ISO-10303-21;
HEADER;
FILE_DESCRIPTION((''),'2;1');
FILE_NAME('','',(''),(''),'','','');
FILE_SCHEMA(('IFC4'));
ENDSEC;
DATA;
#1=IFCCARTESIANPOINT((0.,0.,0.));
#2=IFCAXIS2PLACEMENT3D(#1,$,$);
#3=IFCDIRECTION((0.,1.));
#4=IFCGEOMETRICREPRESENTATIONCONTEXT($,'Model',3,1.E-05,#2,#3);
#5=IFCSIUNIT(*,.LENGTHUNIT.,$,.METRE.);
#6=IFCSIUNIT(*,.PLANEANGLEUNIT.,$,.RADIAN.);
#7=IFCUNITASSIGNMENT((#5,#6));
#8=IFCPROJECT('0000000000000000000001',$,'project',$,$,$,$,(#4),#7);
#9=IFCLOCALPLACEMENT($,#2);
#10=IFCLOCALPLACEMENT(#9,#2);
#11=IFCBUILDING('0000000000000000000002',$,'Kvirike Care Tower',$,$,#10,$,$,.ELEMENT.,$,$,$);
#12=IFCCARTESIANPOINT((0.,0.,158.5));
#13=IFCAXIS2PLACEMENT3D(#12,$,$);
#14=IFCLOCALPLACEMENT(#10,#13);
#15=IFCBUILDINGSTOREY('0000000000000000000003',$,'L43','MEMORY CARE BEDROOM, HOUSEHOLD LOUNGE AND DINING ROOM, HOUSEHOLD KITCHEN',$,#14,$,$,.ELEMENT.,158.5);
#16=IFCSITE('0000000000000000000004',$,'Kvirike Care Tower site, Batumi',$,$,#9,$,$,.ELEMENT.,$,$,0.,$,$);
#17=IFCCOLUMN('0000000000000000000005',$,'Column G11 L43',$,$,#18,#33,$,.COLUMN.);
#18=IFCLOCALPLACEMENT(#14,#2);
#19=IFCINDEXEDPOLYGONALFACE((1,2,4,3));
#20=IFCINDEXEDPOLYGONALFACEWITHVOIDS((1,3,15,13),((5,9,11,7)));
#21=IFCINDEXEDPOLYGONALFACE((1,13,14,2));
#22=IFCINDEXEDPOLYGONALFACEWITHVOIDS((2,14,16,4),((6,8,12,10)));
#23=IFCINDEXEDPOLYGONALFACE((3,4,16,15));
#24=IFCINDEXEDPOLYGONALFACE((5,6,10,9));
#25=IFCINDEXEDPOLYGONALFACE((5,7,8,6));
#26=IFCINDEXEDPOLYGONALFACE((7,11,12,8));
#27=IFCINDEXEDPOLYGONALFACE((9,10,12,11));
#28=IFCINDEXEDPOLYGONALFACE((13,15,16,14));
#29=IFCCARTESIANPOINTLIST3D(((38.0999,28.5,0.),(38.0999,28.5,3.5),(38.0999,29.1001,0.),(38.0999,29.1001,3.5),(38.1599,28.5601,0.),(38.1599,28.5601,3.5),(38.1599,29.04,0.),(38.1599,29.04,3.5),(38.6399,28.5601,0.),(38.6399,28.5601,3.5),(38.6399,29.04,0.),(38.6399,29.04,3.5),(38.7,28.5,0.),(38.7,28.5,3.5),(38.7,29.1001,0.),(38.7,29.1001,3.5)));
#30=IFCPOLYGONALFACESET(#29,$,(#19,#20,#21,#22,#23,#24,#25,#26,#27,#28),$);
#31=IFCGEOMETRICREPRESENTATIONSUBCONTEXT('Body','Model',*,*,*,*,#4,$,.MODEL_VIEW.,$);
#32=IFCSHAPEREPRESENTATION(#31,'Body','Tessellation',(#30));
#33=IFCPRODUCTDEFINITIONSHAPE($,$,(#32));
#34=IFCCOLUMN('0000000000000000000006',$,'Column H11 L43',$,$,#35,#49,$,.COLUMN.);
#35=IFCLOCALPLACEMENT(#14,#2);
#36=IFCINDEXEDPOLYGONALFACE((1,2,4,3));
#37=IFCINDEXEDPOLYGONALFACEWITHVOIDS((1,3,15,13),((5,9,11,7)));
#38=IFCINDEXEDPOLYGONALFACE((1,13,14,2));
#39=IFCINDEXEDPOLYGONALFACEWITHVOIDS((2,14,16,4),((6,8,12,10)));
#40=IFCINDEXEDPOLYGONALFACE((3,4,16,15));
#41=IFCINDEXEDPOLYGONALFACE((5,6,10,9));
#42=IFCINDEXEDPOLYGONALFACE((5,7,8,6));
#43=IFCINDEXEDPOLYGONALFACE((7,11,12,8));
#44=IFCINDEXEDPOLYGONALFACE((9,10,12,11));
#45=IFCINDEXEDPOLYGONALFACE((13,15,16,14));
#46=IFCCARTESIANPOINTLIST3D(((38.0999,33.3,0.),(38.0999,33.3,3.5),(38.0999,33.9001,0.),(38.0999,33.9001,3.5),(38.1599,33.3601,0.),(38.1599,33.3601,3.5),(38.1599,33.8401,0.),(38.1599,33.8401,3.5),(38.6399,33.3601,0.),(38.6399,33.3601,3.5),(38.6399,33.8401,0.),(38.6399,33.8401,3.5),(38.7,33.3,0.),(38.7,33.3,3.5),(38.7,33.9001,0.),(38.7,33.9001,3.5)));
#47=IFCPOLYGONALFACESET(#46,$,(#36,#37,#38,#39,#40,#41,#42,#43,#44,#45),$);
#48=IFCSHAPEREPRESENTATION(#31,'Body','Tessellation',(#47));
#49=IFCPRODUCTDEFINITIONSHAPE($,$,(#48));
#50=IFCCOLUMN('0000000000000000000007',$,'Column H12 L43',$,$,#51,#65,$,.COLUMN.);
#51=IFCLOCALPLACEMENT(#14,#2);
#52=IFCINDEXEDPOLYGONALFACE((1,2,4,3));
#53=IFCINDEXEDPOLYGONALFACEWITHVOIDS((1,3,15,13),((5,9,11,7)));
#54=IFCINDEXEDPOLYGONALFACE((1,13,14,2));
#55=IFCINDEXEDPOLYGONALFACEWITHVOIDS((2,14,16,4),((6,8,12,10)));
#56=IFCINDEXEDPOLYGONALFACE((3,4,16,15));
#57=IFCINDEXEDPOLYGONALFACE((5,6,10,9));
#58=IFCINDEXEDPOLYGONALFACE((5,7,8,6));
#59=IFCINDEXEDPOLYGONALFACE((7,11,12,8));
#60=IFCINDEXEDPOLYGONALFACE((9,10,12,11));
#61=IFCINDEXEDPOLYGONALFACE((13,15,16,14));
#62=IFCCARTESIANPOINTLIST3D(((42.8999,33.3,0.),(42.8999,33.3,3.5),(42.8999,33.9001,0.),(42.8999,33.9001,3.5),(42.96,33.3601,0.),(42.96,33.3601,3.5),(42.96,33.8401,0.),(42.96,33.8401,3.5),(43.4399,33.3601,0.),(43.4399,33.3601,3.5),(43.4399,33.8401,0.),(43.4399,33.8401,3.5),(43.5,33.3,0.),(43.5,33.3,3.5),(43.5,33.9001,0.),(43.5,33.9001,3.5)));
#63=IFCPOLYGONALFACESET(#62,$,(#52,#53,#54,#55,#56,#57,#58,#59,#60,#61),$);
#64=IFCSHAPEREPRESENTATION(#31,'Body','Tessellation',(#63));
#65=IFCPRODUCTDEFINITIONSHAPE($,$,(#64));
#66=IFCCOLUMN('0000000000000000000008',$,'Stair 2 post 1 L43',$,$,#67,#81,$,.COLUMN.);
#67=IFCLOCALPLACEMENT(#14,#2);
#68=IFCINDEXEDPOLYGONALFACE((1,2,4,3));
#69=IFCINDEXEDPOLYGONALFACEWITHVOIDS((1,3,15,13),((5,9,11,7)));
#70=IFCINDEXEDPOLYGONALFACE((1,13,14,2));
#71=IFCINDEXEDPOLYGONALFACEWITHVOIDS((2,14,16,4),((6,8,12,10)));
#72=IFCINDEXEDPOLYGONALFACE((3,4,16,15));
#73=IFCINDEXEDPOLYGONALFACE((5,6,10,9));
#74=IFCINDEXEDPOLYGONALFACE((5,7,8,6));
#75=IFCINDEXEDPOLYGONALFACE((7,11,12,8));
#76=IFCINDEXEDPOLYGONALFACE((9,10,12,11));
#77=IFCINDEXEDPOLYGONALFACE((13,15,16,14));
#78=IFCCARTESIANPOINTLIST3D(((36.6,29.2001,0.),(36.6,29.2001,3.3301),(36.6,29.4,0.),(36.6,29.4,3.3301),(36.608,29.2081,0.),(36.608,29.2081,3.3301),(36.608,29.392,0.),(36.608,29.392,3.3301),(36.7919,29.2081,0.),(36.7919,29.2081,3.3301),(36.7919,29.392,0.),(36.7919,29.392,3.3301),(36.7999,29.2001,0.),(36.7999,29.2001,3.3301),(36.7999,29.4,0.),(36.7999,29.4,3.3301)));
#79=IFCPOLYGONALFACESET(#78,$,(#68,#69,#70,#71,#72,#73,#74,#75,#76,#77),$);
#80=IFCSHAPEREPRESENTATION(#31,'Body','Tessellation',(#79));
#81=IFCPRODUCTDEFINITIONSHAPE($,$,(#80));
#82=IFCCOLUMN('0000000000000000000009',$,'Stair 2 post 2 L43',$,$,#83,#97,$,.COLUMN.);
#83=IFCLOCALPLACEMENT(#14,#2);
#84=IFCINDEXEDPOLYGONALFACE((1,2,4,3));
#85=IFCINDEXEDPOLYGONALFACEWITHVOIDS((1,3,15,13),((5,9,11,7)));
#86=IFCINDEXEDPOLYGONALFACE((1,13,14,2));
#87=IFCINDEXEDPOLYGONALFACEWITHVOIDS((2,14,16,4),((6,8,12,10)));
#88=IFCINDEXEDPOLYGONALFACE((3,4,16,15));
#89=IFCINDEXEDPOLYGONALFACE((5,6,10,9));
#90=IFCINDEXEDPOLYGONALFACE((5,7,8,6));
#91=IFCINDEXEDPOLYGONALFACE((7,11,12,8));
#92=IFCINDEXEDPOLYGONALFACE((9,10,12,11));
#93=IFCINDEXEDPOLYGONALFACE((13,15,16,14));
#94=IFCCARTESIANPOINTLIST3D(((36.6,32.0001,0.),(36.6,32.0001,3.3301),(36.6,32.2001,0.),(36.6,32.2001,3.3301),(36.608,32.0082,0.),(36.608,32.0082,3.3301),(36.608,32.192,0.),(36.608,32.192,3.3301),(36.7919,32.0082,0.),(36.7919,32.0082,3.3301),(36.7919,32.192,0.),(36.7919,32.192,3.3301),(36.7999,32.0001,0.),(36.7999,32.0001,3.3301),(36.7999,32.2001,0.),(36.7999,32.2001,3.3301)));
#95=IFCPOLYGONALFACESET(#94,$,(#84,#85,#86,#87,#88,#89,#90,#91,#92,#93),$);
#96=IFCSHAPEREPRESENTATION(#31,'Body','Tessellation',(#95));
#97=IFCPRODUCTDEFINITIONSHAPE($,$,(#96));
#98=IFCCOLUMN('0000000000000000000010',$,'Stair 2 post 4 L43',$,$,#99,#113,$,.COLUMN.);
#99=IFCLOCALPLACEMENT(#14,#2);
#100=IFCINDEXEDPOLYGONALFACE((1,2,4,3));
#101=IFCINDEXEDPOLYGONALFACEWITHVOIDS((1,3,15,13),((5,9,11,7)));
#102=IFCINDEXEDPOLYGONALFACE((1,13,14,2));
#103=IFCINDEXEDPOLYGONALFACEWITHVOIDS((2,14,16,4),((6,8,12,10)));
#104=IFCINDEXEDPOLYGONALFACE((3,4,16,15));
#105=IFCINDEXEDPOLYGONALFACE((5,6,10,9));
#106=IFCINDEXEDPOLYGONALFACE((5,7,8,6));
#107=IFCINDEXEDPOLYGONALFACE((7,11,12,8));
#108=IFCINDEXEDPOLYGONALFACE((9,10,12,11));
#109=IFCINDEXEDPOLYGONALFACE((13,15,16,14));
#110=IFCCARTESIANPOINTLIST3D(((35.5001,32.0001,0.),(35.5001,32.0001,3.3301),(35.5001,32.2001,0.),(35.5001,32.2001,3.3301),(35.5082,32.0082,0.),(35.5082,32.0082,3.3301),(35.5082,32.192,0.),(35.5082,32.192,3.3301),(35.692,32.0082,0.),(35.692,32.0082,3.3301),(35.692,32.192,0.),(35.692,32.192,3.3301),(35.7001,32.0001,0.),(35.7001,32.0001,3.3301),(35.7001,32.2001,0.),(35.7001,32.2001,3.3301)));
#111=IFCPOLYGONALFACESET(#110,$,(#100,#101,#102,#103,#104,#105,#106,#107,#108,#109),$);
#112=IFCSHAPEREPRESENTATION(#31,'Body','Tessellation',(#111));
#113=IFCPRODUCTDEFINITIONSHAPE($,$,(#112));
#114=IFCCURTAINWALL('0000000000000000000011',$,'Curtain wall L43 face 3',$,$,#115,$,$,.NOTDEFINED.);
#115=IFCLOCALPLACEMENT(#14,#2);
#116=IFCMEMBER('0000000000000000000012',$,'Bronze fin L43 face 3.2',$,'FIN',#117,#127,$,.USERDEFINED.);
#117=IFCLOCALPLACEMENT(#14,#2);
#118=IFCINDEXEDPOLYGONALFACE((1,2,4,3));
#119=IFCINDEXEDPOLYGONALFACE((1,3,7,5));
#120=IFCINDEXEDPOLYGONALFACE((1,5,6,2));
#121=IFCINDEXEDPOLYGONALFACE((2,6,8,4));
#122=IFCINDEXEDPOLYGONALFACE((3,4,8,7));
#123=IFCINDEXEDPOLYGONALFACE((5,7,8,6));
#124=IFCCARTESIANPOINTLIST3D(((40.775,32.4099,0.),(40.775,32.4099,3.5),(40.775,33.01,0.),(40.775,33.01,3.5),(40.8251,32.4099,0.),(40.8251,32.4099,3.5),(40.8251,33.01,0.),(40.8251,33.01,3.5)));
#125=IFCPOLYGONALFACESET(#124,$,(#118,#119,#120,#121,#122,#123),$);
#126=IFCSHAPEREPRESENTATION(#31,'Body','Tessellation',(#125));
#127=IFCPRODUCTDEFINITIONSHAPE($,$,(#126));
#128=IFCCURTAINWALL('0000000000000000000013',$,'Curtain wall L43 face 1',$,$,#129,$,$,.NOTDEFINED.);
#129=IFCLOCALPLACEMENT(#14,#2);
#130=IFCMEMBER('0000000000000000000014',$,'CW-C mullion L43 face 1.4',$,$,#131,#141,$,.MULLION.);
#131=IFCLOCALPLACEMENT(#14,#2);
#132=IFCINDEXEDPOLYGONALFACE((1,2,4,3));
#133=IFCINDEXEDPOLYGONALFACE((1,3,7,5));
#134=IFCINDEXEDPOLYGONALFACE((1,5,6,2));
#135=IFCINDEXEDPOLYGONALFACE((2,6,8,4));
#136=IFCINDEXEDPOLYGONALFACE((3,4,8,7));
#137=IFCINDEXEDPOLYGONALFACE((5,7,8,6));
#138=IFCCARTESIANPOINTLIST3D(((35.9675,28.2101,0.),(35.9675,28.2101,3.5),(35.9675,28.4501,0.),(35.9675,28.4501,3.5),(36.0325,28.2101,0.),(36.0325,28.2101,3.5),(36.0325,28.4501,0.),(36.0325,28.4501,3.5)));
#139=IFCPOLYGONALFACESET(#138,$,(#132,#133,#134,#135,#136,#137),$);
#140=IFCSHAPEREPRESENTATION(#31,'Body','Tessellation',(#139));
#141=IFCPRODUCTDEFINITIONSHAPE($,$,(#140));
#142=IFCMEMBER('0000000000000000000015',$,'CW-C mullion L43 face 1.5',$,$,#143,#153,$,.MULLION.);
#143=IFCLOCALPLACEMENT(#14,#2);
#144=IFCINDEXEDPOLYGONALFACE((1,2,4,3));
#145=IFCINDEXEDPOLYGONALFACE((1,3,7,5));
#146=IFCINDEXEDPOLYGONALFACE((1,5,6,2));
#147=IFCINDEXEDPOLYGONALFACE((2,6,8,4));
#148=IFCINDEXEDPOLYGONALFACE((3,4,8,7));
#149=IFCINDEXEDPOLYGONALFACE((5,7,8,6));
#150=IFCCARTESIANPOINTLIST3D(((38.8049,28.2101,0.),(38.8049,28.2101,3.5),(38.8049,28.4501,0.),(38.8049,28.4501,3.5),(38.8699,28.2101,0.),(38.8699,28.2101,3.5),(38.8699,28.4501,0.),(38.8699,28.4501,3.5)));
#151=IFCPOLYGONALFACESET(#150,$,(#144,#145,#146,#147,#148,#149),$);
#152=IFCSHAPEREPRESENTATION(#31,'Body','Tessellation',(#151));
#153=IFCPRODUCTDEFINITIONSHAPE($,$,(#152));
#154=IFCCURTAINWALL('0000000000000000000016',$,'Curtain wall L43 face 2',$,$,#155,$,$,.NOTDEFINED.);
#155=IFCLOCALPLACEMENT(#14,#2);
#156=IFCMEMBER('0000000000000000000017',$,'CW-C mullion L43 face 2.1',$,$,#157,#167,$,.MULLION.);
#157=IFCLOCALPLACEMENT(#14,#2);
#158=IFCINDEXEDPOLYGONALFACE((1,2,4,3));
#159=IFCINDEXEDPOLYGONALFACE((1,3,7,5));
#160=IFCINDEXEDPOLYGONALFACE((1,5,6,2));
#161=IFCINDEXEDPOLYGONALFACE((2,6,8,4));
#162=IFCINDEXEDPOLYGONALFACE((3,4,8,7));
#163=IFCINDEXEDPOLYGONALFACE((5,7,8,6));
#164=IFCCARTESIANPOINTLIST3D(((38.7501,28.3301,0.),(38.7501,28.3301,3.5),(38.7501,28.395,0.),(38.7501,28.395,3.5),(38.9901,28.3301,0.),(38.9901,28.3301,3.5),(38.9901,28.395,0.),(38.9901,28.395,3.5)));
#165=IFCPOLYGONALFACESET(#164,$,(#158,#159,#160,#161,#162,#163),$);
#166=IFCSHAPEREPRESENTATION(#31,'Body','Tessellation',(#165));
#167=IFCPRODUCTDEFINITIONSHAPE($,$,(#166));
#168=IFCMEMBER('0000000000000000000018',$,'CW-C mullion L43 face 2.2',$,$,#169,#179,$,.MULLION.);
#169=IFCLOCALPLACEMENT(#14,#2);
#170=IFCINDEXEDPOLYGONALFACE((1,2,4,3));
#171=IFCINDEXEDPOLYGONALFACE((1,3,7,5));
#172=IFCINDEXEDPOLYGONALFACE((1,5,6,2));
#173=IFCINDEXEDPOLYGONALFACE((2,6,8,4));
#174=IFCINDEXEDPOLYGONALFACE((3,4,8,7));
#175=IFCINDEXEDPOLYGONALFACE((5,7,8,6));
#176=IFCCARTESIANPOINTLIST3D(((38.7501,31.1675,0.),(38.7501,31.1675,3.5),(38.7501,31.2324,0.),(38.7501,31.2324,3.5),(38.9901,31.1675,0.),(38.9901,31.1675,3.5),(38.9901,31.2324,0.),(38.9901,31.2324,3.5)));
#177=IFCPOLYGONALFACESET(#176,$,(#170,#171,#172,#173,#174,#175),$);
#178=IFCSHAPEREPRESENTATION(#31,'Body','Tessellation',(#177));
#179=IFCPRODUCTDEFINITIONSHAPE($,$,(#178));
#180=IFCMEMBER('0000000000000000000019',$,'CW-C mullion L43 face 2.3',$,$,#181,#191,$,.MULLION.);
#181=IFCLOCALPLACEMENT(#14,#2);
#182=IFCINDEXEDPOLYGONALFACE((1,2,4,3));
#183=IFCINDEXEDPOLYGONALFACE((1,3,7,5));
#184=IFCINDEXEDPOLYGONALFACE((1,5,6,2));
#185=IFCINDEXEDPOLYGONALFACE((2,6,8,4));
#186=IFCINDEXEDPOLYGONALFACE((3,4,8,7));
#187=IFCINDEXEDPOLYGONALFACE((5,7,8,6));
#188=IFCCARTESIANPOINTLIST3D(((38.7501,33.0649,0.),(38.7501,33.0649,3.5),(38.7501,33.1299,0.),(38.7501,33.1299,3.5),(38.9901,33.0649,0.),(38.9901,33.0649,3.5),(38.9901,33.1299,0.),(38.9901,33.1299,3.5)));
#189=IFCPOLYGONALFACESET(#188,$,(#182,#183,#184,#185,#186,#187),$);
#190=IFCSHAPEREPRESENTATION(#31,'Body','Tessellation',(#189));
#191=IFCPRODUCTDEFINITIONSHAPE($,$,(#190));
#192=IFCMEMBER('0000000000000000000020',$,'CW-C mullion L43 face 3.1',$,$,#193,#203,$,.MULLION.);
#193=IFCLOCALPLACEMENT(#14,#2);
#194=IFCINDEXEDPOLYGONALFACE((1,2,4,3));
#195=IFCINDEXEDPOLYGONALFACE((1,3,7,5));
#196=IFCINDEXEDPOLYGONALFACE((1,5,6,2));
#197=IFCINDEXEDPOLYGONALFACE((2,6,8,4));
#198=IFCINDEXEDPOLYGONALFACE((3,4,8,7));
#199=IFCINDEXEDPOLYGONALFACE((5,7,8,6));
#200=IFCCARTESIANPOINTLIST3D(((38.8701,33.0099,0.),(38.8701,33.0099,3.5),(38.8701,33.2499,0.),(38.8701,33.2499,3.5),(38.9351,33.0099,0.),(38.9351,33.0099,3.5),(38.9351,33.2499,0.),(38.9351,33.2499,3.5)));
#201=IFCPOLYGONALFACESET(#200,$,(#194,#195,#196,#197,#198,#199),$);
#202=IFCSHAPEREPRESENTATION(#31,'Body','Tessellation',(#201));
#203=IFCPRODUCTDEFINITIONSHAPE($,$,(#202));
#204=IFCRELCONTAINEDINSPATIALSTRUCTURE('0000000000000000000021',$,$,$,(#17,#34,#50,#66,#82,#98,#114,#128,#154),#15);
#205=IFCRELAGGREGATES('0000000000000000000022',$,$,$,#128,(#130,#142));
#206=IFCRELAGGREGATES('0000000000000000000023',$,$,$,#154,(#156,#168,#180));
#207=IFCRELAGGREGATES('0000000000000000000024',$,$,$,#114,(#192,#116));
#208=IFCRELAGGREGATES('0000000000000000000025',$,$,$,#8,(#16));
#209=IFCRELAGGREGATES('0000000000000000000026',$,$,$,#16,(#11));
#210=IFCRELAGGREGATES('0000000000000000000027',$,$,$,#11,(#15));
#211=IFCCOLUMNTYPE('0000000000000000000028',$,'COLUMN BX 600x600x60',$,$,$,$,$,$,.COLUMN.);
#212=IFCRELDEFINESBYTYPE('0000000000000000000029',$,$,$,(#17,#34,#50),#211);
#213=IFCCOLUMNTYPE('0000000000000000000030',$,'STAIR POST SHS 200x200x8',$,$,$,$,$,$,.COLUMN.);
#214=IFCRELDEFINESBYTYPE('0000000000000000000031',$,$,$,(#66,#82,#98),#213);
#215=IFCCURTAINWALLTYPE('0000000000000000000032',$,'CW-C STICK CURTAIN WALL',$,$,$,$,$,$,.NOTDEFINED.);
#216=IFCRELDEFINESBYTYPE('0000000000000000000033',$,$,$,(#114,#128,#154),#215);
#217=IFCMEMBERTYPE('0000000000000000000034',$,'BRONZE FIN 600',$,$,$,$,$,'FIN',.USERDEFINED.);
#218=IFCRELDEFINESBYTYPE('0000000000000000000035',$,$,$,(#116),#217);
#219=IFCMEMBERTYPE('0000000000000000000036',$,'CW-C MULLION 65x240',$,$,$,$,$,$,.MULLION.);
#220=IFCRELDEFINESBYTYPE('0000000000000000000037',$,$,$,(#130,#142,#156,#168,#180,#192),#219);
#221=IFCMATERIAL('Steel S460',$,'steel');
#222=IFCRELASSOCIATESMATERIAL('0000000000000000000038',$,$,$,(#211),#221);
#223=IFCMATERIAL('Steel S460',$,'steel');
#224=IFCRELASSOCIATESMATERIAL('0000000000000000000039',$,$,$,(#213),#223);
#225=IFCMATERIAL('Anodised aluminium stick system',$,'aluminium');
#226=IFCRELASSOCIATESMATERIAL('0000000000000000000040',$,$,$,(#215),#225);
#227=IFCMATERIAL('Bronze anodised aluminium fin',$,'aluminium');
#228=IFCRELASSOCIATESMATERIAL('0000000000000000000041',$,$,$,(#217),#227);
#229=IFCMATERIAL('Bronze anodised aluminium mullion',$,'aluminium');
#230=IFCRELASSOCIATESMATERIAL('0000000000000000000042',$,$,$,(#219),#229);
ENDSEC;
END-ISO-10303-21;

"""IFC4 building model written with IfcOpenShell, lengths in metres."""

from ifc_helpers import new_model, si_unit, direction, frame, origin, origin_2d, place, context, subcontext, project, spatial, rectangle, hollow_rectangle, extrude, material, material_profile, profile_set, type_object, element, aggregate, save


model = new_model("IFC4")

# Units and contexts
model_context = context("Model", 3, precision=1e-05, world=origin(), true_north=direction((0.0, 1.0)))
body_context = subcontext(model_context, "Body", "Model", "MODEL_VIEW")
ifc_project = project(units=[si_unit("LENGTHUNIT", "METRE"), si_unit("PLANEANGLEUNIT", "RADIAN")], contexts=[model_context])

# Site, building, storey
site_placement = place(None, origin())
site = spatial("IfcSite", under=ifc_project, at=site_placement, Name="Kvirike Care Tower site, Batumi", CompositionType="ELEMENT", RefElevation=0.0)
building_placement = place(site_placement, origin())
building = spatial("IfcBuilding", under=site, at=building_placement, Name="Kvirike Care Tower", CompositionType="ELEMENT")
storey_placement = place(building_placement, frame((0.0, 0.0, 158.5)))
storey = spatial("IfcBuildingStorey", under=building, at=storey_placement, Name="L43", Description="MEMORY CARE BEDROOM, HOUSEHOLD LOUNGE AND DINING ROOM, HOUSEHOLD KITCHEN", CompositionType="ELEMENT", Elevation=158.5)

# Columns
ifc_material_1 = material(Name="Steel S460", Category="steel")
ifc_material_profile_1 = material_profile(ifc_material_1, hollow_rectangle(XDim=0.6001, YDim=0.6001, WallThickness=0.0601, at=origin_2d()), Name="BX 600x600x60")
ifc_profile_set_1 = profile_set([ifc_material_profile_1], Name="Steel S460")
column_type_1 = type_object("IfcColumnType", Name="COLUMN BX 600x600x60", PredefinedType="COLUMN", material=ifc_profile_set_1)
for number, where, z_axis, x_axis, name in (
    (1, (38.3999, 28.8, 0.0), (0.0, 0.0, 1.0), (0.0, 1.0, 0.0), "Column G11 L43"),
    (2, (38.3999, 33.6001, 0.0), (0.0, 0.0, 1.0), (0.0, 1.0, 0.0), "Column H11 L43"),
    (3, (43.2, 33.6001, 0.0), (0.0, 0.0, 1.0), (0.0, 1.0, 0.0), "Column H12 L43"),
):
    element("IfcColumn", number, at=place(storey_placement, frame(where, z_axis=z_axis, x_axis=x_axis)), inside=storey, type_object=column_type_1, Name=name, PredefinedType="COLUMN", context=body_context, shape_type="SweptSolid", body=[
        extrude(hollow_rectangle(XDim=0.6001, YDim=0.6001, WallThickness=0.0601, at=origin_2d()), origin(), (0.0, 0.0, 1.0), 3.5),
    ])
ifc_material_2 = material(Name="Steel S460", Category="steel")
ifc_material_profile_2 = material_profile(ifc_material_2, hollow_rectangle(XDim=0.2, YDim=0.2, WallThickness=0.0081, at=origin_2d()), Name="SHS 200x200x8")
ifc_profile_set_2 = profile_set([ifc_material_profile_2], Name="Steel S460")
column_type_2 = type_object("IfcColumnType", Name="STAIR POST SHS 200x200x8", PredefinedType="COLUMN", material=ifc_profile_set_2)
for number, where, z_axis, x_axis, name in (
    (4, (36.7, 29.3, 0.0), (0.0, 0.0, 1.0), (1.0, 0.0, 0.0), "Stair 2 post 1 L43"),
    (5, (36.7, 32.1001, 0.0), (0.0, 0.0, 1.0), (1.0, 0.0, 0.0), "Stair 2 post 2 L43"),
    (6, (35.6001, 32.1001, 0.0), (0.0, 0.0, 1.0), (1.0, 0.0, 0.0), "Stair 2 post 4 L43"),
):
    element("IfcColumn", number, at=place(storey_placement, frame(where, z_axis=z_axis, x_axis=x_axis)), inside=storey, type_object=column_type_2, Name=name, PredefinedType="COLUMN", context=body_context, shape_type="SweptSolid", body=[
        extrude(hollow_rectangle(XDim=0.2, YDim=0.2, WallThickness=0.0081, at=origin_2d()), origin(), (0.0, 0.0, 1.0), 3.3301),
    ])

# Curtain wall, member
ifc_material_3 = material(Name="Anodised aluminium stick system", Category="aluminium")
curtain_wall_type = type_object("IfcCurtainWallType", Name="CW-C STICK CURTAIN WALL", PredefinedType="NOTDEFINED", material=ifc_material_3)
curtain_wall_1_placement = place(storey_placement, origin())
curtain_wall_1 = element("IfcCurtainWall", 7, at=curtain_wall_1_placement, inside=storey, type_object=curtain_wall_type, Name="Curtain wall L43 face 3", PredefinedType="NOTDEFINED")
ifc_material_4 = material(Name="Bronze anodised aluminium fin", Category="aluminium")
ifc_material_profile_3 = material_profile(ifc_material_4, rectangle(XDim=0.05, YDim=0.6001, at=origin_2d()), Name="BRONZE FIN 600")
ifc_profile_set_3 = profile_set([ifc_material_profile_3], Name="Bronze anodised aluminium fin")
member_type_1 = type_object("IfcMemberType", Name="BRONZE FIN 600", ElementType="FIN", PredefinedType="USERDEFINED", material=ifc_profile_set_3)
member_1_placement = place(storey_placement, frame((40.8, 32.71, 0.0), z_axis=(0.0, 0.0, 1.0), x_axis=(1.0, 0.0, 0.0)))
member_1 = element("IfcMember", 8, at=member_1_placement, type_object=member_type_1, Name="Bronze fin L43 face 3.2", ObjectType="FIN", PredefinedType="USERDEFINED", context=body_context, shape_type="SweptSolid", body=[
    extrude(rectangle(XDim=0.05, YDim=0.6001, at=origin_2d()), origin(), (0.0, 0.0, 1.0), 3.5),
])

# Curtain walls, members
curtain_wall_2_placement = place(storey_placement, origin())
curtain_wall_2 = element("IfcCurtainWall", 9, at=curtain_wall_2_placement, inside=storey, type_object=curtain_wall_type, Name="Curtain wall L43 face 1", PredefinedType="NOTDEFINED")
ifc_material_5 = material(Name="Bronze anodised aluminium mullion", Category="aluminium")
ifc_material_profile_4 = material_profile(ifc_material_5, rectangle(XDim=0.0649, YDim=0.24, at=origin_2d()), Name="CW-C MULLION 65x240")
ifc_profile_set_4 = profile_set([ifc_material_profile_4], Name="Bronze anodised aluminium mullion")
member_type_2 = type_object("IfcMemberType", Name="CW-C MULLION 65x240", PredefinedType="MULLION", material=ifc_profile_set_4)
member_2_placement = place(storey_placement, frame((36.0, 28.3301, 0.0), z_axis=(0.0, 0.0, 1.0), x_axis=(1.0, 0.0, 0.0)))
member_2 = element("IfcMember", 10, at=member_2_placement, type_object=member_type_2, Name="CW-C mullion L43 face 1.4", PredefinedType="MULLION", context=body_context, shape_type="SweptSolid", body=[
    extrude(rectangle(XDim=0.0649, YDim=0.24, at=origin_2d()), origin(), (0.0, 0.0, 1.0), 3.5),
])
member_3_placement = place(storey_placement, frame((38.8374, 28.3301, 0.0), z_axis=(0.0, 0.0, 1.0), x_axis=(1.0, 0.0, 0.0)))
member_3 = element("IfcMember", 11, at=member_3_placement, type_object=member_type_2, Name="CW-C mullion L43 face 1.5", PredefinedType="MULLION", context=body_context, shape_type="SweptSolid", body=[
    extrude(rectangle(XDim=0.0649, YDim=0.24, at=origin_2d()), origin(), (0.0, 0.0, 1.0), 3.5),
])
curtain_wall_3_placement = place(storey_placement, origin())
curtain_wall_3 = element("IfcCurtainWall", 12, at=curtain_wall_3_placement, inside=storey, type_object=curtain_wall_type, Name="Curtain wall L43 face 2", PredefinedType="NOTDEFINED")
member_4_placement = place(storey_placement, frame((38.8701, 28.3625, 0.0), z_axis=(0.0, 0.0, 1.0), x_axis=(0.0, 1.0, 0.0)))
member_4 = element("IfcMember", 13, at=member_4_placement, type_object=member_type_2, Name="CW-C mullion L43 face 2.1", PredefinedType="MULLION", context=body_context, shape_type="SweptSolid", body=[
    extrude(rectangle(XDim=0.0649, YDim=0.24, at=origin_2d()), origin(), (0.0, 0.0, 1.0), 3.5),
])
member_5_placement = place(storey_placement, frame((38.8701, 31.2, 0.0), z_axis=(0.0, 0.0, 1.0), x_axis=(0.0, 1.0, 0.0)))
member_5 = element("IfcMember", 14, at=member_5_placement, type_object=member_type_2, Name="CW-C mullion L43 face 2.2", PredefinedType="MULLION", context=body_context, shape_type="SweptSolid", body=[
    extrude(rectangle(XDim=0.0649, YDim=0.24, at=origin_2d()), origin(), (0.0, 0.0, 1.0), 3.5),
])
member_6_placement = place(storey_placement, frame((38.8701, 33.0974, 0.0), z_axis=(0.0, 0.0, 1.0), x_axis=(0.0, 1.0, 0.0)))
member_6 = element("IfcMember", 15, at=member_6_placement, type_object=member_type_2, Name="CW-C mullion L43 face 2.3", PredefinedType="MULLION", context=body_context, shape_type="SweptSolid", body=[
    extrude(rectangle(XDim=0.0649, YDim=0.24, at=origin_2d()), origin(), (0.0, 0.0, 1.0), 3.5),
])

# Member
member_7_placement = place(storey_placement, frame((38.9026, 33.1299, 0.0), z_axis=(0.0, 0.0, 1.0), x_axis=(1.0, 0.0, 0.0)))
member_7 = element("IfcMember", 16, at=member_7_placement, type_object=member_type_2, Name="CW-C mullion L43 face 3.1", PredefinedType="MULLION", context=body_context, shape_type="SweptSolid", body=[
    extrude(rectangle(XDim=0.0649, YDim=0.24, at=origin_2d()), origin(), (0.0, 0.0, 1.0), 3.5),
])

aggregate(curtain_wall_2, [member_2, member_3])
aggregate(curtain_wall_3, [member_4, member_5, member_6])
aggregate(curtain_wall_1, [member_7, member_1])

save(model, "model.ifc")
